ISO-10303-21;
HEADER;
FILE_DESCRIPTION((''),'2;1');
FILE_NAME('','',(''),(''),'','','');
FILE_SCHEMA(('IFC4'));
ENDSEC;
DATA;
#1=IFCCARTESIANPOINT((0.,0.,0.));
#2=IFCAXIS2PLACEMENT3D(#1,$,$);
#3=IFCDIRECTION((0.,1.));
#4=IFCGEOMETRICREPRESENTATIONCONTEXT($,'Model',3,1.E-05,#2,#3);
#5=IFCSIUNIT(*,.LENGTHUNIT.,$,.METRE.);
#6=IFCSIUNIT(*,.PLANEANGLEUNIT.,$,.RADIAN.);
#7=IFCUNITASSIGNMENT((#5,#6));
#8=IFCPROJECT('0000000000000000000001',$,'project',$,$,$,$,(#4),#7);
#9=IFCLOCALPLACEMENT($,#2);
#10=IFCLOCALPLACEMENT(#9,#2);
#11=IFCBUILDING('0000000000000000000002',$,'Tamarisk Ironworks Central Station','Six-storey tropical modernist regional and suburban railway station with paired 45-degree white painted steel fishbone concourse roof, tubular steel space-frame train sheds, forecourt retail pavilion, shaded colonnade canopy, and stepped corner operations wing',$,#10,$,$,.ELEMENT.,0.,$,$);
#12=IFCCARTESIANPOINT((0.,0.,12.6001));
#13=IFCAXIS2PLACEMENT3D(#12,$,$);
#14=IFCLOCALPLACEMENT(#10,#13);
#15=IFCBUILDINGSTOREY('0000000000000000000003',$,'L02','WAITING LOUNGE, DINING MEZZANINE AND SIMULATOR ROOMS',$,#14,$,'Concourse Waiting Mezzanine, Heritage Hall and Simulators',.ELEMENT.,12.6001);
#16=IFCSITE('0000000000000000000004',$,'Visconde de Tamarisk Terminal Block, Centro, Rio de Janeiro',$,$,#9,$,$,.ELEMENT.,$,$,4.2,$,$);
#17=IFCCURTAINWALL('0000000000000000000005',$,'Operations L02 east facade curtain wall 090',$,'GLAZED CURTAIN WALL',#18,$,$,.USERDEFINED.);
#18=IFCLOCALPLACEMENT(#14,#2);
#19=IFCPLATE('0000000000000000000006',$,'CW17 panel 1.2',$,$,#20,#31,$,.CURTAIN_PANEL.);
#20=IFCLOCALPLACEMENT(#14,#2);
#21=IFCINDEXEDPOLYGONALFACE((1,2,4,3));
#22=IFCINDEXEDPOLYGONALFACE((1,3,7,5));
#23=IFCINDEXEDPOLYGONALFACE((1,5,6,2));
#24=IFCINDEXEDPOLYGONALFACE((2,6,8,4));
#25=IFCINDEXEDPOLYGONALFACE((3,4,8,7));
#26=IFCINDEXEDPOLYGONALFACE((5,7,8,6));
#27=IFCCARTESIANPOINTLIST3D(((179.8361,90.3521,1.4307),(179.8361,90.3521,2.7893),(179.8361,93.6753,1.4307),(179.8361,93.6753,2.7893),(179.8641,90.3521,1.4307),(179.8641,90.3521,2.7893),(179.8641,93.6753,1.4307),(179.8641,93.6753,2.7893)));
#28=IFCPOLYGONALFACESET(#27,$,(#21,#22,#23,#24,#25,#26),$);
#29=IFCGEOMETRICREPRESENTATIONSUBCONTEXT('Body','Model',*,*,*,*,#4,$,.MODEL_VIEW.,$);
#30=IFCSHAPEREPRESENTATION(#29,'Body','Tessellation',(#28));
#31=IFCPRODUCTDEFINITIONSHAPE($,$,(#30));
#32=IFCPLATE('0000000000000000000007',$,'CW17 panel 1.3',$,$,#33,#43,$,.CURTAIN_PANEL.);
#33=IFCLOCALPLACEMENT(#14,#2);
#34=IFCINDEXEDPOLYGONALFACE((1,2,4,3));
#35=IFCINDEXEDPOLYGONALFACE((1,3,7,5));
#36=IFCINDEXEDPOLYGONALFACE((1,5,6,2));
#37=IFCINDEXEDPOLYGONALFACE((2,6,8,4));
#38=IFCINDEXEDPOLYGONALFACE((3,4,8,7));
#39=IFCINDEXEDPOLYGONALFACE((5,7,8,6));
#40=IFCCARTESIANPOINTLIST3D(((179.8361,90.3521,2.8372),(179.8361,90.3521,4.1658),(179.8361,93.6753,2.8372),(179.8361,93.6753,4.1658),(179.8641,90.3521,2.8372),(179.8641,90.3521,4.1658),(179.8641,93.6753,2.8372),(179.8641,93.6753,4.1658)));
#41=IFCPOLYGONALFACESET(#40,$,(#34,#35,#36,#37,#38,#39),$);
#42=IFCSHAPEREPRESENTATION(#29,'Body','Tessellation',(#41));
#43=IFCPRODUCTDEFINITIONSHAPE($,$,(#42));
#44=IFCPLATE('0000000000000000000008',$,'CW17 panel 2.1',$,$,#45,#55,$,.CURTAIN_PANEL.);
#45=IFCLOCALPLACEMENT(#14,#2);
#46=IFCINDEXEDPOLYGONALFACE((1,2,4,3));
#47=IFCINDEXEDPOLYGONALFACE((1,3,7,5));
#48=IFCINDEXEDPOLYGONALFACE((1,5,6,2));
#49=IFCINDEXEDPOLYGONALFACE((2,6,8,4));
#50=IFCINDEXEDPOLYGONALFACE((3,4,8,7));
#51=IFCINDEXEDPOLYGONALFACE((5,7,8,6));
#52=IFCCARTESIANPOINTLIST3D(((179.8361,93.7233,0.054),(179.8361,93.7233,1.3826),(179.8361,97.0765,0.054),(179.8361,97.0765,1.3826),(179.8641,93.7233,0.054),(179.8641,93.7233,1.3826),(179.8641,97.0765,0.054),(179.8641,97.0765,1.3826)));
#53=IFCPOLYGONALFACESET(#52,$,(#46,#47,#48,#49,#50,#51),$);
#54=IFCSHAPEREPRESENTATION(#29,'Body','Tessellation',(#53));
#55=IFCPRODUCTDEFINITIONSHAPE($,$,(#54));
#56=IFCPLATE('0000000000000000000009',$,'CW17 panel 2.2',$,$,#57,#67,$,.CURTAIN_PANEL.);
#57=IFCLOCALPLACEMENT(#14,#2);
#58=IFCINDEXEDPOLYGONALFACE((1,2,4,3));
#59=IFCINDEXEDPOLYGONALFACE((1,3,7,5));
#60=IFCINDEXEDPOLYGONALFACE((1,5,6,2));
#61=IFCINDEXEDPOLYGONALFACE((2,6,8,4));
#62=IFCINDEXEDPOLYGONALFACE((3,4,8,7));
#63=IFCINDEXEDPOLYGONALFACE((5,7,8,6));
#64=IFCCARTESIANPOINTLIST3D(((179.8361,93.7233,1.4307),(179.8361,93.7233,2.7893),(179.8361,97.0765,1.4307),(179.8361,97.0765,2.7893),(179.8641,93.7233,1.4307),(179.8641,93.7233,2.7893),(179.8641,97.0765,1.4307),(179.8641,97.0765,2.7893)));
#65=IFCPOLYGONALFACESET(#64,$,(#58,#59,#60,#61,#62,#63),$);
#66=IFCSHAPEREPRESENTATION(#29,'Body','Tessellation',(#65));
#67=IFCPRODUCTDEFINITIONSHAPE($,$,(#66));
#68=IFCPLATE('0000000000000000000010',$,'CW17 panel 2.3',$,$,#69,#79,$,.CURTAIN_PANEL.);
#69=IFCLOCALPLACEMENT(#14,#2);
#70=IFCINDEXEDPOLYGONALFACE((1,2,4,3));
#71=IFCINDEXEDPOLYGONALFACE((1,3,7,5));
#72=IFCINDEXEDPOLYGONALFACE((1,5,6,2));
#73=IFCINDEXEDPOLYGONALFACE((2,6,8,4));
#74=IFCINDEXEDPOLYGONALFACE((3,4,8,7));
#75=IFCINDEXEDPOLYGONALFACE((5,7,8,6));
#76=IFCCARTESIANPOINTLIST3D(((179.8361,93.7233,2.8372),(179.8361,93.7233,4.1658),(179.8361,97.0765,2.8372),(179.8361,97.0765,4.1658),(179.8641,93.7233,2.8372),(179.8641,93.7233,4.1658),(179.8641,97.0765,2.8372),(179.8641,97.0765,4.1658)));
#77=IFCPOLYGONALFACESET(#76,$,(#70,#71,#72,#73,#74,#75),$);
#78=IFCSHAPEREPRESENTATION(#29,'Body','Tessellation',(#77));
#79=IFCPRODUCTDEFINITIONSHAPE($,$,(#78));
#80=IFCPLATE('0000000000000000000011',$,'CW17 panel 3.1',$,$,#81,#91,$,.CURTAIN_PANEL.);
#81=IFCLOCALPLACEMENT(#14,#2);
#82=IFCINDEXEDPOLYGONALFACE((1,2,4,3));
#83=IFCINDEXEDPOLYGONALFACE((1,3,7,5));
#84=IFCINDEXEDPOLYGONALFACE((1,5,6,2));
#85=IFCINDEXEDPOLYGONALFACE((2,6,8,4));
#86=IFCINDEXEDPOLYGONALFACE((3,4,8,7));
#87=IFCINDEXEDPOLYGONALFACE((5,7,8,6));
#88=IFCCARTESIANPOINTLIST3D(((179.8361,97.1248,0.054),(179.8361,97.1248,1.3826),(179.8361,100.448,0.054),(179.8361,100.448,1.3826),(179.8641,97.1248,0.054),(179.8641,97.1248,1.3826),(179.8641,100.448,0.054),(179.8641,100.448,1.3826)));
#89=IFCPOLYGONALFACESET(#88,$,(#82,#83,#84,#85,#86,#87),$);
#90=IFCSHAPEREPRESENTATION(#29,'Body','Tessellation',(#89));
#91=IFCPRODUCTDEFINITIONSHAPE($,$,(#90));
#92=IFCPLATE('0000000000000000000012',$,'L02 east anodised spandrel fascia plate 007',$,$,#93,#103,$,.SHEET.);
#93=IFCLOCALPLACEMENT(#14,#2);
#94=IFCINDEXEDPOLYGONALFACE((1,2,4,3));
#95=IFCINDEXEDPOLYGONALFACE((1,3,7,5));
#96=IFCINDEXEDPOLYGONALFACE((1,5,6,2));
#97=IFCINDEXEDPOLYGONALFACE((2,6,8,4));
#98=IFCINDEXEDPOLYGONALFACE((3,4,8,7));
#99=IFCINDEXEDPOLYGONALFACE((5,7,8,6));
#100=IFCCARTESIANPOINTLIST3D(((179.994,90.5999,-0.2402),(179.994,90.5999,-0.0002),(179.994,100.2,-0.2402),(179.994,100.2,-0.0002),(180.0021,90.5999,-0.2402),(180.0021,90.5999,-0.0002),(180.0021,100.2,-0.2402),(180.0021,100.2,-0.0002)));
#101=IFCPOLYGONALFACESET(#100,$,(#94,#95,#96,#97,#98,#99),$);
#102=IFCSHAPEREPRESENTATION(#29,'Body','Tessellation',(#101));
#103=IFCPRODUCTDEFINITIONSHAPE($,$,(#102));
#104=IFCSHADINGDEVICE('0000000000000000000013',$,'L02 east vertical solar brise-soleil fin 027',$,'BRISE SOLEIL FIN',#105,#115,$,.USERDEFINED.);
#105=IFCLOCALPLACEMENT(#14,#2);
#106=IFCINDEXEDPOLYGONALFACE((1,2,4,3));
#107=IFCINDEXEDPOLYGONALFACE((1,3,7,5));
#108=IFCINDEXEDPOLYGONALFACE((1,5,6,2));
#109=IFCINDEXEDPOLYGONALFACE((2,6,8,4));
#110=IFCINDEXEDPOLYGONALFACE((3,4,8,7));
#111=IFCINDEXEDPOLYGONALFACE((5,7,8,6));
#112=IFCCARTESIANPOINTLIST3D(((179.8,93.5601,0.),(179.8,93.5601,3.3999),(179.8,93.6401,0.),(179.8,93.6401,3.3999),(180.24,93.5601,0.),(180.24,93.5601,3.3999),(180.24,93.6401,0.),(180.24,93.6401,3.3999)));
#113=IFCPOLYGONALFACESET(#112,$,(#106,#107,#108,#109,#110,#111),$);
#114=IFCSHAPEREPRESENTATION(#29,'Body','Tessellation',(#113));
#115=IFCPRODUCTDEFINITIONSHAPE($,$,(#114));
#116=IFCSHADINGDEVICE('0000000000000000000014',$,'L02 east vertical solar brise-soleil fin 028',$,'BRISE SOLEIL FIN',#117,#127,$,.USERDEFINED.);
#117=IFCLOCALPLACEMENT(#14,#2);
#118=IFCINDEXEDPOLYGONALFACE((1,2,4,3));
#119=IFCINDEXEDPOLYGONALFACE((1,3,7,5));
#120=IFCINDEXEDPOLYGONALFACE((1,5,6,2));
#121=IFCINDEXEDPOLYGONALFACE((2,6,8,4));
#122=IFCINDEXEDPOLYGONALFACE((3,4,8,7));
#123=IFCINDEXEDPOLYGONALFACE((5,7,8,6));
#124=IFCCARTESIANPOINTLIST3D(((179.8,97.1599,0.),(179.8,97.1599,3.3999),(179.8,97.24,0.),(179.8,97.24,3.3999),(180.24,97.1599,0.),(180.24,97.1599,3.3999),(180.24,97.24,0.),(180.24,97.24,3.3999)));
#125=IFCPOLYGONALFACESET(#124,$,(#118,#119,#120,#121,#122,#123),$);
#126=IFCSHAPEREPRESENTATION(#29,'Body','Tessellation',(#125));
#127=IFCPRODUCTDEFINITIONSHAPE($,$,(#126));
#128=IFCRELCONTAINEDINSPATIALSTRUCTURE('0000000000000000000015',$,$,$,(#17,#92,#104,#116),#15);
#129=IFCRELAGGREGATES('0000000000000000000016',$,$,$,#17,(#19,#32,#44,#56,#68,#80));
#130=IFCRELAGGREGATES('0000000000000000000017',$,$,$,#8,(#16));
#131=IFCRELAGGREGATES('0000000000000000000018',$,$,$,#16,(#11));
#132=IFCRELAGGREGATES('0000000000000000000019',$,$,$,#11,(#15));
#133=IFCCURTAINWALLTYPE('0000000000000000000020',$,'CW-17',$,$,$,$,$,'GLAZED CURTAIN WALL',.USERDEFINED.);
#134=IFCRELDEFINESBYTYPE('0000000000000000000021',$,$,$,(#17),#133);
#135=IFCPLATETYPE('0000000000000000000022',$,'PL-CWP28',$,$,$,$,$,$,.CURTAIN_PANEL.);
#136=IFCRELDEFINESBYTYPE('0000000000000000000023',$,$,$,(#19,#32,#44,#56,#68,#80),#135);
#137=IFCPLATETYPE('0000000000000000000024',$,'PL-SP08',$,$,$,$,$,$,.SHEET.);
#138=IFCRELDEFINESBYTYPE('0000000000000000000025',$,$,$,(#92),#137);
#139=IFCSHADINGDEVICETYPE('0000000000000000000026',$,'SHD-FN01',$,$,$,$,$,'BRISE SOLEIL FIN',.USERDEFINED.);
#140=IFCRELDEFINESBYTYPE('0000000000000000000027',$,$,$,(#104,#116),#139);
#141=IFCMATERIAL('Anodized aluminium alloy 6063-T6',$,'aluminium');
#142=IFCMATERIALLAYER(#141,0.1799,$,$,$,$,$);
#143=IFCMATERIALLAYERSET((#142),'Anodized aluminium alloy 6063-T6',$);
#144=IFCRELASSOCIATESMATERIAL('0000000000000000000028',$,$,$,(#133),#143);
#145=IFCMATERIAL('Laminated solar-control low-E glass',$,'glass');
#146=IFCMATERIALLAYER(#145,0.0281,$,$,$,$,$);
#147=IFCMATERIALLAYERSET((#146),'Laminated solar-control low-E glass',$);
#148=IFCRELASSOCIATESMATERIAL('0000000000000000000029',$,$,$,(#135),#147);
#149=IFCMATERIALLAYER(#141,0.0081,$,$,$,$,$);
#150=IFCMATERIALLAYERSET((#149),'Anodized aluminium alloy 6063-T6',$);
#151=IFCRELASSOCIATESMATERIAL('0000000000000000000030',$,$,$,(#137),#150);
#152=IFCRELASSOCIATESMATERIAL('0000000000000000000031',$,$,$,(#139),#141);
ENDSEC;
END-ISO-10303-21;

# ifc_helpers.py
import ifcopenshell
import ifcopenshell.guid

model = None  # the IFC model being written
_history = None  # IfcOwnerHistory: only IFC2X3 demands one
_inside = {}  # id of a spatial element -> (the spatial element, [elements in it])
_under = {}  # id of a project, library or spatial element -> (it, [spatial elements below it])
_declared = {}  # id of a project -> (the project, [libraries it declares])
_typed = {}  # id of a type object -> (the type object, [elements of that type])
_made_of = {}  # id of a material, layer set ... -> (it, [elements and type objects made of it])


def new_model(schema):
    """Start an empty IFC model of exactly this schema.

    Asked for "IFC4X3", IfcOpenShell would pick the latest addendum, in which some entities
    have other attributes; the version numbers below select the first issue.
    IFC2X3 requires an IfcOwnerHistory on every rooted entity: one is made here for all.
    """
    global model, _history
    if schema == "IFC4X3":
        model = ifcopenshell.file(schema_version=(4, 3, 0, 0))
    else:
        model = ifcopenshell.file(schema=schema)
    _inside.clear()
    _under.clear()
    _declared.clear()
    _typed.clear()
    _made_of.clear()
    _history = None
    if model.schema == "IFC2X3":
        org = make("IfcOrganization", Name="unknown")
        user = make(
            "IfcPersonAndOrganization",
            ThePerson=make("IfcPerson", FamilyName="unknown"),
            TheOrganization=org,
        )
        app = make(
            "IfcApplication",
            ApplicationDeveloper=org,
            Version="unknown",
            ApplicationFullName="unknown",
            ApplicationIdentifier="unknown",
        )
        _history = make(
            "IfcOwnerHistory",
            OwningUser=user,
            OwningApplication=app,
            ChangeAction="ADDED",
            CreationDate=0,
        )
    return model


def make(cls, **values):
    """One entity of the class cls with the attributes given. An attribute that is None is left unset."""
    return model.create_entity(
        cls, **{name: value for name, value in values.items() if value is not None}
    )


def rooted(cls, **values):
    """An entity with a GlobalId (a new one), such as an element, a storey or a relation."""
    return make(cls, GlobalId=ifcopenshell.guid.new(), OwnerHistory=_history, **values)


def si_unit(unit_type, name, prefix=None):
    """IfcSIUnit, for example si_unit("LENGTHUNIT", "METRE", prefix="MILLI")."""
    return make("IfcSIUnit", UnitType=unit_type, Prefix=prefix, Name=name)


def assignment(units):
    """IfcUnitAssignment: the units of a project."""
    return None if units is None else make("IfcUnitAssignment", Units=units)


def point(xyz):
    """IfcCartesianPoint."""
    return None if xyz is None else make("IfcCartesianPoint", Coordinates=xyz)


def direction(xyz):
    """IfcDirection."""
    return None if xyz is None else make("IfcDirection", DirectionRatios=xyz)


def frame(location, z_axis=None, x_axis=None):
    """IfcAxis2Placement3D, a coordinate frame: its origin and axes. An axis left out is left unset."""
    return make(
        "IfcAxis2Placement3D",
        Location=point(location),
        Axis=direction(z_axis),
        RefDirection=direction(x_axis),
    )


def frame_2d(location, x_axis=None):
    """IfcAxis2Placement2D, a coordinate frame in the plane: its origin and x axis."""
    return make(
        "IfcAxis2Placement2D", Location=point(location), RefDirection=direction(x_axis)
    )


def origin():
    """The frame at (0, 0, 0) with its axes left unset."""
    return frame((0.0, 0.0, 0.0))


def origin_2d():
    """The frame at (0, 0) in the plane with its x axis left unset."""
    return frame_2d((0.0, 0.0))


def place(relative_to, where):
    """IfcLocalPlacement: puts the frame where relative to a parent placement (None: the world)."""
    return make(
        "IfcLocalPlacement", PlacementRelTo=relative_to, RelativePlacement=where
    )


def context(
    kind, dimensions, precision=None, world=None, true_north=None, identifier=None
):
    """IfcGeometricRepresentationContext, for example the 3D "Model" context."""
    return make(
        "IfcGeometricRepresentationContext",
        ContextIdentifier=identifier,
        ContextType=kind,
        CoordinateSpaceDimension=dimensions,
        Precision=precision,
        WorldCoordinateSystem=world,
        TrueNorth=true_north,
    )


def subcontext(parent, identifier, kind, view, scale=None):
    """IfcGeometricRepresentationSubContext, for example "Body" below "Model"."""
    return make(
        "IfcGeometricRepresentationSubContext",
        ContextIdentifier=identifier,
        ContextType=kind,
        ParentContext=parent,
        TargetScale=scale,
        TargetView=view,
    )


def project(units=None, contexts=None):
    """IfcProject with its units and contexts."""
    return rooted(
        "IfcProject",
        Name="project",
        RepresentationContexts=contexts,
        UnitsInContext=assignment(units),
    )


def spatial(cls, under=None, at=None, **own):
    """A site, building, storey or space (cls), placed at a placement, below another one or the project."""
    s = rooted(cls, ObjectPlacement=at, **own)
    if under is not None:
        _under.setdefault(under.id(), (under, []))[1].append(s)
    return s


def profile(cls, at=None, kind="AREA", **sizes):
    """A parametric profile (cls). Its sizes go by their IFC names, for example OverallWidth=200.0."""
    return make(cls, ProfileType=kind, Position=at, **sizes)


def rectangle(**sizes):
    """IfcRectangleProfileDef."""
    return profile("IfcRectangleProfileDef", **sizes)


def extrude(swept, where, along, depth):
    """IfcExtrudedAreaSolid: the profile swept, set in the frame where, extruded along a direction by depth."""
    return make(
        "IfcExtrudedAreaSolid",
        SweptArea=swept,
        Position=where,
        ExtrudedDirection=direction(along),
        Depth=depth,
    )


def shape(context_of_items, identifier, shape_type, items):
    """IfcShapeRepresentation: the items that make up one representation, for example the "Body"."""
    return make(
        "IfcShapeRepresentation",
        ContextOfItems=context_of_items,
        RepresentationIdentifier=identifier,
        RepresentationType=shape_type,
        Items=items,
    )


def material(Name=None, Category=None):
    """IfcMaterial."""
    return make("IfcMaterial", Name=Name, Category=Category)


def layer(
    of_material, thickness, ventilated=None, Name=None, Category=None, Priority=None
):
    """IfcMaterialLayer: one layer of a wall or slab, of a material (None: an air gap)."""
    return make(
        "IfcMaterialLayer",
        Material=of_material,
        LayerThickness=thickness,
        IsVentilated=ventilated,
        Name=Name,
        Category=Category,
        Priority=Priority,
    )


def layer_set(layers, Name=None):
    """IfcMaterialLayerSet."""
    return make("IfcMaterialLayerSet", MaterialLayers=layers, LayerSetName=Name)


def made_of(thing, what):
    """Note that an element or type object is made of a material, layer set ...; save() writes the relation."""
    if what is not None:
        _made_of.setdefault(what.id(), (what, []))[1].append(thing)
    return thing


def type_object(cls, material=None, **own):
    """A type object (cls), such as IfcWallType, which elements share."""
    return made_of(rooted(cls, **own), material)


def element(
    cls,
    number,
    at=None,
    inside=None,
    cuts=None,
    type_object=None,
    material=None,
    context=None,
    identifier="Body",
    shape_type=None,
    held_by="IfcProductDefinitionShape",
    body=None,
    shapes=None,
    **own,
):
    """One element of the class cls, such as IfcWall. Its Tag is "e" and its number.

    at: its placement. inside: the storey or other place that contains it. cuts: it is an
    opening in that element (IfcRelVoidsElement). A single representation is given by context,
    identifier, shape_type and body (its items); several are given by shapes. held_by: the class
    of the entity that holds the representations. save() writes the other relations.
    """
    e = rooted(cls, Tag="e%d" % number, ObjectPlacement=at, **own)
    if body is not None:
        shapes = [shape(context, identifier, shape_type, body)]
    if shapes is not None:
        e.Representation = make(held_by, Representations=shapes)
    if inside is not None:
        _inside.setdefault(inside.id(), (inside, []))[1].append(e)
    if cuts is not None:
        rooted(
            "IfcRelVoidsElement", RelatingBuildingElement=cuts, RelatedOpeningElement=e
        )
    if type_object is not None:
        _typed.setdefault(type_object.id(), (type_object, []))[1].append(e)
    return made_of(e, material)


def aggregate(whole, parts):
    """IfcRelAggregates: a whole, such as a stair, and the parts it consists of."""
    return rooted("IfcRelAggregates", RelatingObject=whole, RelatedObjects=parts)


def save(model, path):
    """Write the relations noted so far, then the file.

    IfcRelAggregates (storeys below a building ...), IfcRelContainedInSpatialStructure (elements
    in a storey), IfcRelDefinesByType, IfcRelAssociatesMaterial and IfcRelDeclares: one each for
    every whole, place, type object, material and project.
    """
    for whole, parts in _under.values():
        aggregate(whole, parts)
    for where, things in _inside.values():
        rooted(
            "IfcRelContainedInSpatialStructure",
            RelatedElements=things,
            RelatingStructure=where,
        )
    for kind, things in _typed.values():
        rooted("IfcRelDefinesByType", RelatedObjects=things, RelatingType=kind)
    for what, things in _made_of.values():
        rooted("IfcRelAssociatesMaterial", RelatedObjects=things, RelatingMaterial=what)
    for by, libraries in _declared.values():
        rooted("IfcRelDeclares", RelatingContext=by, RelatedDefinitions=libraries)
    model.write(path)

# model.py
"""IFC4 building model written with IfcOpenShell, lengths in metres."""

from ifc_helpers import new_model, si_unit, direction, frame, origin, origin_2d, place, context, subcontext, project, spatial, rectangle, extrude, material, layer, layer_set, type_object, element, aggregate, save


model = new_model("IFC4")

# Units and contexts
model_context = context("Model", 3, precision=1e-05, world=origin(), true_north=direction((0.0, 1.0)))
body_context = subcontext(model_context, "Body", "Model", "MODEL_VIEW")
ifc_project = project(units=[si_unit("LENGTHUNIT", "METRE"), si_unit("PLANEANGLEUNIT", "RADIAN")], contexts=[model_context])

# Site, building, storey
site_placement = place(None, origin())
site = spatial("IfcSite", under=ifc_project, at=site_placement, Name="Visconde de Tamarisk Terminal Block, Centro, Rio de Janeiro", CompositionType="ELEMENT", RefElevation=4.2)
building_placement = place(site_placement, origin())
building = spatial("IfcBuilding", under=site, at=building_placement, Name="Tamarisk Ironworks Central Station", Description="Six-storey tropical modernist regional and suburban railway station with paired 45-degree white painted steel fishbone concourse roof, tubular steel space-frame train sheds, forecourt retail pavilion, shaded colonnade canopy, and stepped corner operations wing", CompositionType="ELEMENT", ElevationOfRefHeight=0.0)
storey_placement = place(building_placement, frame((0.0, 0.0, 12.6001)))
storey = spatial("IfcBuildingStorey", under=building, at=storey_placement, Name="L02", Description="WAITING LOUNGE, DINING MEZZANINE AND SIMULATOR ROOMS", LongName="Concourse Waiting Mezzanine, Heritage Hall and Simulators", CompositionType="ELEMENT", Elevation=12.6001)

# Curtain wall, plates
ifc_material_1 = material(Name="Anodized aluminium alloy 6063-T6", Category="aluminium")
ifc_layer_1 = layer(ifc_material_1, 0.1799)
ifc_layer_set_1 = layer_set([ifc_layer_1], Name="Anodized aluminium alloy 6063-T6")
curtain_wall_type = type_object("IfcCurtainWallType", Name="CW-17", ElementType="GLAZED CURTAIN WALL", PredefinedType="USERDEFINED", material=ifc_layer_set_1)
curtain_wall_placement = place(storey_placement, origin())
curtain_wall = element("IfcCurtainWall", 1, at=curtain_wall_placement, inside=storey, type_object=curtain_wall_type, Name="Operations L02 east facade curtain wall 090", ObjectType="GLAZED CURTAIN WALL", PredefinedType="USERDEFINED")
ifc_material_2 = material(Name="Laminated solar-control low-E glass", Category="glass")
ifc_layer_2 = layer(ifc_material_2, 0.0281)
ifc_layer_set_2 = layer_set([ifc_layer_2], Name="Laminated solar-control low-E glass")
plate_type_1 = type_object("IfcPlateType", Name="PL-CWP28", PredefinedType="CURTAIN_PANEL", material=ifc_layer_set_2)
plate_1_placement = place(storey_placement, frame((179.8501, 92.0137, 1.4307), z_axis=(0.0, 0.0, 1.0), x_axis=(0.0, 1.0, 0.0)))
plate_1 = element("IfcPlate", 2, at=plate_1_placement, type_object=plate_type_1, Name="CW17 panel 1.2", PredefinedType="CURTAIN_PANEL", context=body_context, shape_type="SweptSolid", body=[
    extrude(rectangle(XDim=3.3232, YDim=0.0281, at=origin_2d()), origin(), (0.0, 0.0, 1.0), 1.3586),
])
plate_2_placement = place(storey_placement, frame((179.8501, 92.0137, 2.8372), z_axis=(0.0, 0.0, 1.0), x_axis=(0.0, 1.0, 0.0)))
plate_2 = element("IfcPlate", 3, at=plate_2_placement, type_object=plate_type_1, Name="CW17 panel 1.3", PredefinedType="CURTAIN_PANEL", context=body_context, shape_type="SweptSolid", body=[
    extrude(rectangle(XDim=3.3232, YDim=0.0281, at=origin_2d()), origin(), (0.0, 0.0, 1.0), 1.3286),
])
plate_3_placement = place(storey_placement, frame((179.8501, 95.3999, 0.054), z_axis=(0.0, 0.0, 1.0), x_axis=(0.0, 1.0, 0.0)))
plate_3 = element("IfcPlate", 4, at=plate_3_placement, type_object=plate_type_1, Name="CW17 panel 2.1", PredefinedType="CURTAIN_PANEL", context=body_context, shape_type="SweptSolid", body=[
    extrude(rectangle(XDim=3.3533, YDim=0.0281, at=origin_2d()), origin(), (0.0, 0.0, 1.0), 1.3286),
])
plate_4_placement = place(storey_placement, frame((179.8501, 95.3999, 1.4307), z_axis=(0.0, 0.0, 1.0), x_axis=(0.0, 1.0, 0.0)))
plate_4 = element("IfcPlate", 5, at=plate_4_placement, type_object=plate_type_1, Name="CW17 panel 2.2", PredefinedType="CURTAIN_PANEL", context=body_context, shape_type="SweptSolid", body=[
    extrude(rectangle(XDim=3.3533, YDim=0.0281, at=origin_2d()), origin(), (0.0, 0.0, 1.0), 1.3586),
])
plate_5_placement = place(storey_placement, frame((179.8501, 95.3999, 2.8372), z_axis=(0.0, 0.0, 1.0), x_axis=(0.0, 1.0, 0.0)))
plate_5 = element("IfcPlate", 6, at=plate_5_placement, type_object=plate_type_1, Name="CW17 panel 2.3", PredefinedType="CURTAIN_PANEL", context=body_context, shape_type="SweptSolid", body=[
    extrude(rectangle(XDim=3.3533, YDim=0.0281, at=origin_2d()), origin(), (0.0, 0.0, 1.0), 1.3286),
])
plate_6_placement = place(storey_placement, frame((179.8501, 98.7864, 0.054), z_axis=(0.0, 0.0, 1.0), x_axis=(0.0, 1.0, 0.0)))
plate_6 = element("IfcPlate", 7, at=plate_6_placement, type_object=plate_type_1, Name="CW17 panel 3.1", PredefinedType="CURTAIN_PANEL", context=body_context, shape_type="SweptSolid", body=[
    extrude(rectangle(XDim=3.3232, YDim=0.0281, at=origin_2d()), origin(), (0.0, 0.0, 1.0), 1.3286),
])
aggregate(curtain_wall, [plate_1, plate_2, plate_3, plate_4, plate_5, plate_6])

# Plate
ifc_layer_3 = layer(ifc_material_1, 0.0081)
ifc_layer_set_3 = layer_set([ifc_layer_3], Name="Anodized aluminium alloy 6063-T6")
plate_type_2 = type_object("IfcPlateType", Name="PL-SP08", PredefinedType="SHEET", material=ifc_layer_set_3)
plate_7_placement = place(storey_placement, frame((179.998, 95.3999, -0.2402), z_axis=(0.0, 0.0, 1.0), x_axis=(1.0, 0.0, 0.0)))
element("IfcPlate", 8, at=plate_7_placement, inside=storey, type_object=plate_type_2, Name="L02 east anodised spandrel fascia plate 007", PredefinedType="SHEET", context=body_context, shape_type="SweptSolid", body=[
    extrude(rectangle(XDim=0.0081, YDim=9.6001, at=origin_2d()), origin(), (0.0, 0.0, 1.0), 0.24),
])

# Shading devices
shading_device_type = type_object("IfcShadingDeviceType", Name="SHD-FN01", ElementType="BRISE SOLEIL FIN", PredefinedType="USERDEFINED", material=ifc_material_1)
for number, where, z_axis, x_axis, name in (
    (9, (180.02, 93.6001, 0.0), (0.0, 0.0, 1.0), (1.0, 0.0, 0.0), "L02 east vertical solar brise-soleil fin 027"),
    (10, (180.02, 97.2, 0.0), (0.0, 0.0, 1.0), (1.0, 0.0, 0.0), "L02 east vertical solar brise-soleil fin 028"),
):
    element("IfcShadingDevice", number, at=place(storey_placement, frame(where, z_axis=z_axis, x_axis=x_axis)), inside=storey, type_object=shading_device_type, Name=name, ObjectType="BRISE SOLEIL FIN", PredefinedType="USERDEFINED", context=body_context, shape_type="SweptSolid", body=[
        extrude(rectangle(XDim=0.4399, YDim=0.0801, at=origin_2d()), origin(), (0.0, 0.0, 1.0), 3.3999),
    ])

save(model, "model.ifc")
